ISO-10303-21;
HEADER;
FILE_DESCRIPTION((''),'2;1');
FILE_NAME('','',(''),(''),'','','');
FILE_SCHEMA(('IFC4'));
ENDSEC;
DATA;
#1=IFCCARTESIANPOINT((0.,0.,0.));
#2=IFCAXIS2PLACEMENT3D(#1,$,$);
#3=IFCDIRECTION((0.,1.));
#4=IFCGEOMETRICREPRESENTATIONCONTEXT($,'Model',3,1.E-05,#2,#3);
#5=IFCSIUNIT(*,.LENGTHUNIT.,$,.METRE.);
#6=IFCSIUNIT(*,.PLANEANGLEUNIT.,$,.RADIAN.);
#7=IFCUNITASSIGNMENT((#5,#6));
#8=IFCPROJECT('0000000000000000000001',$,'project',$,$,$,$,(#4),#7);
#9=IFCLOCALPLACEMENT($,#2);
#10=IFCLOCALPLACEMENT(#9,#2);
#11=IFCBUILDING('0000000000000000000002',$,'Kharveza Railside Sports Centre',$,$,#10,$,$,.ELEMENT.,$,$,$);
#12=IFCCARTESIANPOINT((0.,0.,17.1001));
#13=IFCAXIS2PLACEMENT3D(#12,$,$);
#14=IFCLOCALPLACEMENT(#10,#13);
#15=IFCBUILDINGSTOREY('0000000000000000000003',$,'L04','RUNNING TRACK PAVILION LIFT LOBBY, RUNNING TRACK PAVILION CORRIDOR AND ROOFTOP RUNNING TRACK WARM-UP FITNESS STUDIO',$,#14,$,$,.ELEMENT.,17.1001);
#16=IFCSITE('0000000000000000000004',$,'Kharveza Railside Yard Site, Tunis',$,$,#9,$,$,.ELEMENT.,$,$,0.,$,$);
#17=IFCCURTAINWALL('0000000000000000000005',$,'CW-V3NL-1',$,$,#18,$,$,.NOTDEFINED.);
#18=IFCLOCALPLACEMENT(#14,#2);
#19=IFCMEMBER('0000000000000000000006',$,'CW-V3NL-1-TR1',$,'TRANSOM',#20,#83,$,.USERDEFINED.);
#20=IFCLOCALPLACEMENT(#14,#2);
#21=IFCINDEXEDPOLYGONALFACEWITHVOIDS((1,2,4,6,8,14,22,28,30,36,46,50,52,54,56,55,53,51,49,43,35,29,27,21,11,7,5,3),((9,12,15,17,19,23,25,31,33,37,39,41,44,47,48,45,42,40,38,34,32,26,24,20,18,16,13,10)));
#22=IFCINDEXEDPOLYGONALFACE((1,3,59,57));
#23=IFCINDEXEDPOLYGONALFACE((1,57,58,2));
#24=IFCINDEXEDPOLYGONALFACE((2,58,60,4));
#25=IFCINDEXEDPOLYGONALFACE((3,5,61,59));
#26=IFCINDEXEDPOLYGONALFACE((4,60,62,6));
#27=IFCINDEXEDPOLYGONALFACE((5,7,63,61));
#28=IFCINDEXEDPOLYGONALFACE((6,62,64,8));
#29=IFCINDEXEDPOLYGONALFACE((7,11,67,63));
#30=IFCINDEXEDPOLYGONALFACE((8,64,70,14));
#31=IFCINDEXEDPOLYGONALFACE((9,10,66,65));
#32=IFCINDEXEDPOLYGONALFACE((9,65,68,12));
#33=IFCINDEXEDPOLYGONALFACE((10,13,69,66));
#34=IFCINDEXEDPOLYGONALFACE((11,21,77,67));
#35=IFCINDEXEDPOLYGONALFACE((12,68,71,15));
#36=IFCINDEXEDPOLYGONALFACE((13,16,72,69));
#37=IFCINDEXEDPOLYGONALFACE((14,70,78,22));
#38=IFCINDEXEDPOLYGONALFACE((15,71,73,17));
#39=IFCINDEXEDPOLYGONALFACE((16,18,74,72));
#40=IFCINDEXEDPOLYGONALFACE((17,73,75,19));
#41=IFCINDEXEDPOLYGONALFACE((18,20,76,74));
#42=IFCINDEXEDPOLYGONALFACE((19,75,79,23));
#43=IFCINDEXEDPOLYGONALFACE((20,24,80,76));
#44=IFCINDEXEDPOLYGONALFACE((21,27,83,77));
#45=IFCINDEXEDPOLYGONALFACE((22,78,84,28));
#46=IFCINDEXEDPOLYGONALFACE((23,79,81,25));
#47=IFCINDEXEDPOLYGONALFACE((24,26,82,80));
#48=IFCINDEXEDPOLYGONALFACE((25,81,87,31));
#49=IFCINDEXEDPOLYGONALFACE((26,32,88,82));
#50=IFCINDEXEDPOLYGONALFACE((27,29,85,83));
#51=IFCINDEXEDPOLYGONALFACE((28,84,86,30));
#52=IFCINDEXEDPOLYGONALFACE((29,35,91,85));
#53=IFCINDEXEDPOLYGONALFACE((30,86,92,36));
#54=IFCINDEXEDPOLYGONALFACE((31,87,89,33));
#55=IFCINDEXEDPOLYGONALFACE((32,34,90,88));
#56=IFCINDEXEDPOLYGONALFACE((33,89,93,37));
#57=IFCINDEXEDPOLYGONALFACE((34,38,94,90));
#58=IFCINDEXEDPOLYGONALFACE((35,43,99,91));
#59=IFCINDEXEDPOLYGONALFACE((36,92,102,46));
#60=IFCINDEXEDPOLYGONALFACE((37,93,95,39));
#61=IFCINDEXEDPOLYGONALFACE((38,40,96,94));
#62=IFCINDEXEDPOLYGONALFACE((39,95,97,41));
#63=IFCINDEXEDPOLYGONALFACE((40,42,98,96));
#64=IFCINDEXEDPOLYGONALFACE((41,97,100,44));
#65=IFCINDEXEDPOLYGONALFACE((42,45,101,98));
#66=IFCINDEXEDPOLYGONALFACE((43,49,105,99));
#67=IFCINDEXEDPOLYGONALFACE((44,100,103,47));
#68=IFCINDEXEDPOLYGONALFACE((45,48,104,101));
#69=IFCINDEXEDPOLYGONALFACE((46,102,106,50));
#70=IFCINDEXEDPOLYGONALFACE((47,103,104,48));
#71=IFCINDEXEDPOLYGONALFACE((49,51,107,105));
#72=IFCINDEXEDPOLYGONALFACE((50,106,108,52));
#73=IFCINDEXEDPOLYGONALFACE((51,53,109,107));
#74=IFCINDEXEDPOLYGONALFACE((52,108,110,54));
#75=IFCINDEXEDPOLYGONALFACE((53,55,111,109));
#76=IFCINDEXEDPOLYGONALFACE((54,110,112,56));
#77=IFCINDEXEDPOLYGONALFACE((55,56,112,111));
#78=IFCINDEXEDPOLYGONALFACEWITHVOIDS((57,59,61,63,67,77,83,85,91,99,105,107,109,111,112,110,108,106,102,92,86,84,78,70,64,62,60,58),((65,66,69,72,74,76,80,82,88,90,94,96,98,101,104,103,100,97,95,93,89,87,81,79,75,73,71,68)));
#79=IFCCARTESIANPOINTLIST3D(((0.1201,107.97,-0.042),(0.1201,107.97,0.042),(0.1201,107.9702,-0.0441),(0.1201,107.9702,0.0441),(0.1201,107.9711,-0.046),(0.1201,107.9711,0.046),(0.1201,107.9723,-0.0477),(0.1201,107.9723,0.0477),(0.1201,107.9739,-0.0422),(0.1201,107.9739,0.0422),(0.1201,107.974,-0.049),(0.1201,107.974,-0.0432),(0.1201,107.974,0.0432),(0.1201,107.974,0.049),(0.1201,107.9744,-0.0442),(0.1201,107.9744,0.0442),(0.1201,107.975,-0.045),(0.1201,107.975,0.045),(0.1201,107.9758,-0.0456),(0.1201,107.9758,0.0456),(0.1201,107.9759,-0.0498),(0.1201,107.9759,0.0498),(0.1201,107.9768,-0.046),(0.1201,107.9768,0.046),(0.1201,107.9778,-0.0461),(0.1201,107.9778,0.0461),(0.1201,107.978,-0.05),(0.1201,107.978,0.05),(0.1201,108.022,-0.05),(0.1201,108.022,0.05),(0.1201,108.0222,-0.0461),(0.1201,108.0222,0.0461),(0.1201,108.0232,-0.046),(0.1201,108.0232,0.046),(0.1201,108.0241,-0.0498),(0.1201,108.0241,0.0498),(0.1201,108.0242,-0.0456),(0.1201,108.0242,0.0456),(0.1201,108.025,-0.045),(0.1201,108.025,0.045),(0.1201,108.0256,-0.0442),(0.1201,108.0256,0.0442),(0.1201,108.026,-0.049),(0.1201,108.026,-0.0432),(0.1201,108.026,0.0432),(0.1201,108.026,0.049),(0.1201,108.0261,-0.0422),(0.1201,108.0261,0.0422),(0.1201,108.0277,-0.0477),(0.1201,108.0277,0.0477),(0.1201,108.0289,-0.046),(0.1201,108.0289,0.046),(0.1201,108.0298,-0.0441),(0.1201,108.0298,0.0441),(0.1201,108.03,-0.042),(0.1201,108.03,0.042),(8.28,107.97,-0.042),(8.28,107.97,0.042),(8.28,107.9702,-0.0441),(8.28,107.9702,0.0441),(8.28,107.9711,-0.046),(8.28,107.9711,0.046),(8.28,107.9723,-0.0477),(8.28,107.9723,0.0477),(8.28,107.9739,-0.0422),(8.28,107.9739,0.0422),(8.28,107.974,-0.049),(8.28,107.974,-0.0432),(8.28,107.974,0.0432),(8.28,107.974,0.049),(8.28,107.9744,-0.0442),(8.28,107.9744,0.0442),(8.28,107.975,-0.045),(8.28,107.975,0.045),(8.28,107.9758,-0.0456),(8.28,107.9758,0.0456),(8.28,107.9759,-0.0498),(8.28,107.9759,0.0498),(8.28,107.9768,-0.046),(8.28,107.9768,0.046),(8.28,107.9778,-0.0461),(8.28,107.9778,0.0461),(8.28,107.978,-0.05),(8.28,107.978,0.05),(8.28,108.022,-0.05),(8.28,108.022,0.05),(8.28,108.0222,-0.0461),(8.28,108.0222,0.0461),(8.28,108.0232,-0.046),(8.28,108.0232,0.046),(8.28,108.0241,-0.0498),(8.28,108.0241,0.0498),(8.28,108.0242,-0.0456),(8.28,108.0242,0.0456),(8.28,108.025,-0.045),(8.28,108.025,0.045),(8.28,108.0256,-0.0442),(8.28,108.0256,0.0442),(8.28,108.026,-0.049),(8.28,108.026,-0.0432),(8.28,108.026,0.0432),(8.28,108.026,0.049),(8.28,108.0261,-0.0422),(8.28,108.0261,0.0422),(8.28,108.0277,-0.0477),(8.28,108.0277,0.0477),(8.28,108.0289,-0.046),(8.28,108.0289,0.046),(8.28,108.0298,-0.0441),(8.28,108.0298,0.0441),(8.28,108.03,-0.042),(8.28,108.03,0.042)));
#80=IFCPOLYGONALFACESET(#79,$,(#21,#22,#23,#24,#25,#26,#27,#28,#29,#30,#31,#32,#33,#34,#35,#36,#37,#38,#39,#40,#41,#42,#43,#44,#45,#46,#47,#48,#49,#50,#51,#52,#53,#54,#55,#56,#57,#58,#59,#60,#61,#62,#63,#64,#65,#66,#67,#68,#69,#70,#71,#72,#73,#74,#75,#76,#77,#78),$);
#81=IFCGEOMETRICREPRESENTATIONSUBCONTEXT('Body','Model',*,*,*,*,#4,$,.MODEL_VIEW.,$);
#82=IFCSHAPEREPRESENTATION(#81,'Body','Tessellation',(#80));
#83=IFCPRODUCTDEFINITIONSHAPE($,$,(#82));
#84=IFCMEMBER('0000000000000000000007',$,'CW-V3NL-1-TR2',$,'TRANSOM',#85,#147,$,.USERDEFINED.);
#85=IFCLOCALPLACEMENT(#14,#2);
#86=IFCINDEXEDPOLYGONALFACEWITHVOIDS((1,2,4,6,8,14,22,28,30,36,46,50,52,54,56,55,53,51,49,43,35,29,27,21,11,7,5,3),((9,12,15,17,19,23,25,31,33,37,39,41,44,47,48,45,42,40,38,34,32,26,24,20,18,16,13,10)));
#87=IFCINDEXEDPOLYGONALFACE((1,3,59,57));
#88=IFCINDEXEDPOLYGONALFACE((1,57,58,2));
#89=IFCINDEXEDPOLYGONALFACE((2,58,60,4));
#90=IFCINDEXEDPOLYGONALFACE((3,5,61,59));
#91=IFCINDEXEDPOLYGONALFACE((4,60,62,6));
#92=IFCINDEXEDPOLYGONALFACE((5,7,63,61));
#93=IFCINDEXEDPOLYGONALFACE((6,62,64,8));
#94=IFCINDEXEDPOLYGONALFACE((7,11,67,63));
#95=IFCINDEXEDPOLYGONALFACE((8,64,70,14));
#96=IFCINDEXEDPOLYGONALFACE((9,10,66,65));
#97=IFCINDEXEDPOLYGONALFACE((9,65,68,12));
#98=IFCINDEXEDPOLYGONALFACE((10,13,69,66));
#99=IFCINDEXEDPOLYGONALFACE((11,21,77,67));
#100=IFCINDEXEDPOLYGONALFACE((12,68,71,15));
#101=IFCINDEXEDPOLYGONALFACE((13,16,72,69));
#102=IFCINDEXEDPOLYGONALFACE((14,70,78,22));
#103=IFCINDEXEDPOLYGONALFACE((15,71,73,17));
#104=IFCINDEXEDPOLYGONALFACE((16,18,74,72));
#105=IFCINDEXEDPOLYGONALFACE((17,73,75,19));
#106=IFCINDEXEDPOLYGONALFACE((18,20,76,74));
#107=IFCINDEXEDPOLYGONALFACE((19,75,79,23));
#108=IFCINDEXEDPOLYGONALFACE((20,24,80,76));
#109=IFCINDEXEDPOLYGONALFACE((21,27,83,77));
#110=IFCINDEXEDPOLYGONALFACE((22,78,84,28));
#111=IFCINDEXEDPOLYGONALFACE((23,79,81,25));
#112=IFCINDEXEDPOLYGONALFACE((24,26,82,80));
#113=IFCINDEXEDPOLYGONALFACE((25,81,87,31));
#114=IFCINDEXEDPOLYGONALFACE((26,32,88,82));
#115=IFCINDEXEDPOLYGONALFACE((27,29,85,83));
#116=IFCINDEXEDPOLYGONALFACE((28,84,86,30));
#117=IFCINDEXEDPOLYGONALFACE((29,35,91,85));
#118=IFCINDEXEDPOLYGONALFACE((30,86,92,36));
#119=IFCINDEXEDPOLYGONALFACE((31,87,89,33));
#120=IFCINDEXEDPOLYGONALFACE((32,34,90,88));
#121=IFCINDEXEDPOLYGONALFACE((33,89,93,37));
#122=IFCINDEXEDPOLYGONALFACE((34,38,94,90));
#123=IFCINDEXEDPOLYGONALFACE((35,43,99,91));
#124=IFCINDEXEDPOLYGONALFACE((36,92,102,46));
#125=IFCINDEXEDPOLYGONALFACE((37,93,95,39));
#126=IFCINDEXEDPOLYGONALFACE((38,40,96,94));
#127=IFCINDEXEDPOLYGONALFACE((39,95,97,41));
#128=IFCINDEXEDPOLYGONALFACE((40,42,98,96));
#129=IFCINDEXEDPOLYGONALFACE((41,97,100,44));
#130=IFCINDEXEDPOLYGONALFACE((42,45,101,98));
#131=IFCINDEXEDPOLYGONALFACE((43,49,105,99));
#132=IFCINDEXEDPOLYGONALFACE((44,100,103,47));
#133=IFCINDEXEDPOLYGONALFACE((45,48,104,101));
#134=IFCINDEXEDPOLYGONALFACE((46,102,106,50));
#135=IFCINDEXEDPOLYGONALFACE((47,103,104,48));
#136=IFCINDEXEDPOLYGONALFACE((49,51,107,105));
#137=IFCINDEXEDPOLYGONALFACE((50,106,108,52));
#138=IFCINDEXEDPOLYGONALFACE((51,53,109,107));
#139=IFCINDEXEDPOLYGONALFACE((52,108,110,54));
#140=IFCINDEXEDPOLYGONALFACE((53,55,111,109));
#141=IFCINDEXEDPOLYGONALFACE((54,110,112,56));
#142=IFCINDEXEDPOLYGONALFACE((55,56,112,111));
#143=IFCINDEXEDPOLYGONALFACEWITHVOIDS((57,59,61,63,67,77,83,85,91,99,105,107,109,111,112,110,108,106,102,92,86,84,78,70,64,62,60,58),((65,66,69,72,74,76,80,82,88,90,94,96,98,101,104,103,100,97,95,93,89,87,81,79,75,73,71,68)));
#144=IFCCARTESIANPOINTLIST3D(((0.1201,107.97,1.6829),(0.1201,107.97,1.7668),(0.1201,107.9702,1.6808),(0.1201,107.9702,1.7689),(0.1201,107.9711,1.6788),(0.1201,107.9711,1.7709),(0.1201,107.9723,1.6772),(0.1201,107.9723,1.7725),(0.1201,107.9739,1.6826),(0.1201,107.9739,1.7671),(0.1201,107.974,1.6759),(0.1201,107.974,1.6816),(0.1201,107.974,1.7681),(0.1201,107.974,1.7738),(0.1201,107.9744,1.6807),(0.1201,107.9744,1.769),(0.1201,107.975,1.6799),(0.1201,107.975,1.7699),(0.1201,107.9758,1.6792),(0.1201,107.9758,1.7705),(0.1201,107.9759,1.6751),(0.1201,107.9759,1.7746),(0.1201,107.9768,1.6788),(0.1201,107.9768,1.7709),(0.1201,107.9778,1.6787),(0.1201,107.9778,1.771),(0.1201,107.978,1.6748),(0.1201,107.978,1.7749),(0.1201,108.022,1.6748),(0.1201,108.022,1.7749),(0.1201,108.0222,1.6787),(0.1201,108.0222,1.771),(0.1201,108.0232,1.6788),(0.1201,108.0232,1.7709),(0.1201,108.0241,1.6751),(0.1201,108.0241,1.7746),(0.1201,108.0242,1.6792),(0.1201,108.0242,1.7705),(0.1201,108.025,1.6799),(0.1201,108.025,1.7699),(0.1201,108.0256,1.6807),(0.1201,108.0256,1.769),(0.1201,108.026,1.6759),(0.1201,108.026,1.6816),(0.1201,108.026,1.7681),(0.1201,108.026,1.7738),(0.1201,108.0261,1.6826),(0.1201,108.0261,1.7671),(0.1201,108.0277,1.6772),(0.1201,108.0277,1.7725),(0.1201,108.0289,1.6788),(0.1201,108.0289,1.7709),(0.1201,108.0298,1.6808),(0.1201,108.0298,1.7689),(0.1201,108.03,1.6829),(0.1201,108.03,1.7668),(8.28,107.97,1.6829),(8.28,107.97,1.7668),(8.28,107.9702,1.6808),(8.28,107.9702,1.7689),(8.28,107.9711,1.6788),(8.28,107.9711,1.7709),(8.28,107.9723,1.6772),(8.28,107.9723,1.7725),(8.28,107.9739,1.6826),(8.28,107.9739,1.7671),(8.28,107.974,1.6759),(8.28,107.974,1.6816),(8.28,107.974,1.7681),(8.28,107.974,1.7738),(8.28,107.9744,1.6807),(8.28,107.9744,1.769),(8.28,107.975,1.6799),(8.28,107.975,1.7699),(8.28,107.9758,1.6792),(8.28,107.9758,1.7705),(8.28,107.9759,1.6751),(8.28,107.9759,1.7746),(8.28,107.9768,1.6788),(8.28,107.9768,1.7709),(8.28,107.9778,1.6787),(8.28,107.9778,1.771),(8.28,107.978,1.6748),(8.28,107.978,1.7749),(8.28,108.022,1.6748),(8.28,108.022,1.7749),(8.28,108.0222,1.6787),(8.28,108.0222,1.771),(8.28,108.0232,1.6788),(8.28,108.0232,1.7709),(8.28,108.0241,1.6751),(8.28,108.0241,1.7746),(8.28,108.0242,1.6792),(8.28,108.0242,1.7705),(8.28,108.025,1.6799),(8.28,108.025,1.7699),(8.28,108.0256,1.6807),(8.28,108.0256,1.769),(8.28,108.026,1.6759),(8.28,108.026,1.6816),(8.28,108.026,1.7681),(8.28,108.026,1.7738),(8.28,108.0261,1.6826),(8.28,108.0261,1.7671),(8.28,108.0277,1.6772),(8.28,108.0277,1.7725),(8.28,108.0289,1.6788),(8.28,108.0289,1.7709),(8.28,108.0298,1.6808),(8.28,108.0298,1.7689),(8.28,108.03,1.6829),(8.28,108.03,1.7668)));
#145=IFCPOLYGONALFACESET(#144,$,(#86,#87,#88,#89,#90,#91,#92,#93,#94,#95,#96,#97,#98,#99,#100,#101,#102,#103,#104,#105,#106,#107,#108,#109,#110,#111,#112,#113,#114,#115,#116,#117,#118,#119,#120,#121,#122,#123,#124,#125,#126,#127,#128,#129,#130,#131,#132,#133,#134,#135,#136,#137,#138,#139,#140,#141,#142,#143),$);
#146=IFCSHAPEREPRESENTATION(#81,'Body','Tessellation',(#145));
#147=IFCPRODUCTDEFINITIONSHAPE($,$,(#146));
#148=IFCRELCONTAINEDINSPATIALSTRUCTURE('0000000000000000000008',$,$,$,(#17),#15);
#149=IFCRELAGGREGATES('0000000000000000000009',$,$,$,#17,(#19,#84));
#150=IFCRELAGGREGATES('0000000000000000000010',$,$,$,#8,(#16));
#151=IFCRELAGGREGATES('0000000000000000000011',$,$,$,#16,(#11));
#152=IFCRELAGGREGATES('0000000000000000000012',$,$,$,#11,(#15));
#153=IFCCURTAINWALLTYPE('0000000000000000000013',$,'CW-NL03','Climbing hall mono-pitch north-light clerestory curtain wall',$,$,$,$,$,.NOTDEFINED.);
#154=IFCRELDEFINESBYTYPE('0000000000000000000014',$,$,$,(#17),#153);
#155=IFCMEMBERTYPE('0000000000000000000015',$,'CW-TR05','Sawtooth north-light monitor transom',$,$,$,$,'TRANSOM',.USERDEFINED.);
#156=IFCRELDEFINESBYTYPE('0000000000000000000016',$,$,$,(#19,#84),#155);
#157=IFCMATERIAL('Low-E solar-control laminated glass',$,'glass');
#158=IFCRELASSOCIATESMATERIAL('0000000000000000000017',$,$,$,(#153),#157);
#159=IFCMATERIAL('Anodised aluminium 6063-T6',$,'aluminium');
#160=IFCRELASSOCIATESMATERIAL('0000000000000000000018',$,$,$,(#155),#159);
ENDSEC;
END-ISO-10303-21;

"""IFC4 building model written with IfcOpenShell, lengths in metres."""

from ifc_helpers import new_model, si_unit, direction, frame, origin, origin_2d, place, context, subcontext, project, spatial, hollow_rectangle, extrude, material, material_profile, profile_set, type_object, element, aggregate, save


model = new_model("IFC4")

# Units and contexts
model_context = context("Model", 3, precision=1e-05, world=origin(), true_north=direction((0.0, 1.0)))
body_context = subcontext(model_context, "Body", "Model", "MODEL_VIEW")
ifc_project = project(units=[si_unit("LENGTHUNIT", "METRE"), si_unit("PLANEANGLEUNIT", "RADIAN")], contexts=[model_context])

# Site, building, storey
site_placement = place(None, origin())
site = spatial("IfcSite", under=ifc_project, at=site_placement, Name="Kharveza Railside Yard Site, Tunis", CompositionType="ELEMENT", RefElevation=0.0)
building_placement = place(site_placement, origin())
building = spatial("IfcBuilding", under=site, at=building_placement, Name="Kharveza Railside Sports Centre", CompositionType="ELEMENT")
storey_placement = place(building_placement, frame((0.0, 0.0, 17.1001)))
storey = spatial("IfcBuildingStorey", under=building, at=storey_placement, Name="L04", Description="RUNNING TRACK PAVILION LIFT LOBBY, RUNNING TRACK PAVILION CORRIDOR AND ROOFTOP RUNNING TRACK WARM-UP FITNESS STUDIO", CompositionType="ELEMENT", Elevation=17.1001)

# Curtain wall, members
ifc_material_1 = material(Name="Low-E solar-control laminated glass", Category="glass")
curtain_wall_type = type_object("IfcCurtainWallType", Name="CW-NL03", Description="Climbing hall mono-pitch north-light clerestory curtain wall", PredefinedType="NOTDEFINED", material=ifc_material_1)
curtain_wall_placement = place(storey_placement, origin())
curtain_wall = element("IfcCurtainWall", 1, at=curtain_wall_placement, inside=storey, type_object=curtain_wall_type, Name="CW-V3NL-1", PredefinedType="NOTDEFINED")
ifc_material_2 = material(Name="Anodised aluminium 6063-T6", Category="aluminium")
ifc_material_profile_1 = material_profile(ifc_material_2, hollow_rectangle(XDim=0.0601, YDim=0.1001, WallThickness=0.0039, InnerFilletRadius=0.0039, OuterFilletRadius=0.0081, at=origin_2d()), Name="RHS 60x100x4.0")
ifc_profile_set_1 = profile_set([ifc_material_profile_1], Name="Anodised aluminium 6063-T6")
member_type_1 = type_object("IfcMemberType", Name="CW-TR05", Description="Sawtooth north-light monitor transom", ElementType="TRANSOM", PredefinedType="USERDEFINED", material=ifc_profile_set_1)
member_1_placement = place(storey_placement, frame((0.1201, 108.0, 0.0), z_axis=(1.0, 0.0, 0.0), x_axis=(0.0, 1.0, 0.0)))
member_1 = element("IfcMember", 2, at=member_1_placement, type_object=member_type_1, Name="CW-V3NL-1-TR1", ObjectType="TRANSOM", PredefinedType="USERDEFINED", context=body_context, shape_type="SweptSolid", body=[
    extrude(hollow_rectangle(XDim=0.0601, YDim=0.1001, WallThickness=0.0039, InnerFilletRadius=0.0039, OuterFilletRadius=0.0081, at=origin_2d()), origin(), (0.0, 0.0, 1.0), 8.1599),
])
member_2_placement = place(storey_placement, frame((0.1201, 108.0, 1.7249), z_axis=(1.0, 0.0, 0.0), x_axis=(0.0, 1.0, 0.0)))
member_2 = element("IfcMember", 3, at=member_2_placement, type_object=member_type_1, Name="CW-V3NL-1-TR2", ObjectType="TRANSOM", PredefinedType="USERDEFINED", context=body_context, shape_type="SweptSolid", body=[
    extrude(hollow_rectangle(XDim=0.0601, YDim=0.1001, WallThickness=0.0039, InnerFilletRadius=0.0039, OuterFilletRadius=0.0081, at=origin_2d()), origin(), (0.0, 0.0, 1.0), 8.1599),
])

aggregate(curtain_wall, [member_1, member_2])

save(model, "model.ifc")
